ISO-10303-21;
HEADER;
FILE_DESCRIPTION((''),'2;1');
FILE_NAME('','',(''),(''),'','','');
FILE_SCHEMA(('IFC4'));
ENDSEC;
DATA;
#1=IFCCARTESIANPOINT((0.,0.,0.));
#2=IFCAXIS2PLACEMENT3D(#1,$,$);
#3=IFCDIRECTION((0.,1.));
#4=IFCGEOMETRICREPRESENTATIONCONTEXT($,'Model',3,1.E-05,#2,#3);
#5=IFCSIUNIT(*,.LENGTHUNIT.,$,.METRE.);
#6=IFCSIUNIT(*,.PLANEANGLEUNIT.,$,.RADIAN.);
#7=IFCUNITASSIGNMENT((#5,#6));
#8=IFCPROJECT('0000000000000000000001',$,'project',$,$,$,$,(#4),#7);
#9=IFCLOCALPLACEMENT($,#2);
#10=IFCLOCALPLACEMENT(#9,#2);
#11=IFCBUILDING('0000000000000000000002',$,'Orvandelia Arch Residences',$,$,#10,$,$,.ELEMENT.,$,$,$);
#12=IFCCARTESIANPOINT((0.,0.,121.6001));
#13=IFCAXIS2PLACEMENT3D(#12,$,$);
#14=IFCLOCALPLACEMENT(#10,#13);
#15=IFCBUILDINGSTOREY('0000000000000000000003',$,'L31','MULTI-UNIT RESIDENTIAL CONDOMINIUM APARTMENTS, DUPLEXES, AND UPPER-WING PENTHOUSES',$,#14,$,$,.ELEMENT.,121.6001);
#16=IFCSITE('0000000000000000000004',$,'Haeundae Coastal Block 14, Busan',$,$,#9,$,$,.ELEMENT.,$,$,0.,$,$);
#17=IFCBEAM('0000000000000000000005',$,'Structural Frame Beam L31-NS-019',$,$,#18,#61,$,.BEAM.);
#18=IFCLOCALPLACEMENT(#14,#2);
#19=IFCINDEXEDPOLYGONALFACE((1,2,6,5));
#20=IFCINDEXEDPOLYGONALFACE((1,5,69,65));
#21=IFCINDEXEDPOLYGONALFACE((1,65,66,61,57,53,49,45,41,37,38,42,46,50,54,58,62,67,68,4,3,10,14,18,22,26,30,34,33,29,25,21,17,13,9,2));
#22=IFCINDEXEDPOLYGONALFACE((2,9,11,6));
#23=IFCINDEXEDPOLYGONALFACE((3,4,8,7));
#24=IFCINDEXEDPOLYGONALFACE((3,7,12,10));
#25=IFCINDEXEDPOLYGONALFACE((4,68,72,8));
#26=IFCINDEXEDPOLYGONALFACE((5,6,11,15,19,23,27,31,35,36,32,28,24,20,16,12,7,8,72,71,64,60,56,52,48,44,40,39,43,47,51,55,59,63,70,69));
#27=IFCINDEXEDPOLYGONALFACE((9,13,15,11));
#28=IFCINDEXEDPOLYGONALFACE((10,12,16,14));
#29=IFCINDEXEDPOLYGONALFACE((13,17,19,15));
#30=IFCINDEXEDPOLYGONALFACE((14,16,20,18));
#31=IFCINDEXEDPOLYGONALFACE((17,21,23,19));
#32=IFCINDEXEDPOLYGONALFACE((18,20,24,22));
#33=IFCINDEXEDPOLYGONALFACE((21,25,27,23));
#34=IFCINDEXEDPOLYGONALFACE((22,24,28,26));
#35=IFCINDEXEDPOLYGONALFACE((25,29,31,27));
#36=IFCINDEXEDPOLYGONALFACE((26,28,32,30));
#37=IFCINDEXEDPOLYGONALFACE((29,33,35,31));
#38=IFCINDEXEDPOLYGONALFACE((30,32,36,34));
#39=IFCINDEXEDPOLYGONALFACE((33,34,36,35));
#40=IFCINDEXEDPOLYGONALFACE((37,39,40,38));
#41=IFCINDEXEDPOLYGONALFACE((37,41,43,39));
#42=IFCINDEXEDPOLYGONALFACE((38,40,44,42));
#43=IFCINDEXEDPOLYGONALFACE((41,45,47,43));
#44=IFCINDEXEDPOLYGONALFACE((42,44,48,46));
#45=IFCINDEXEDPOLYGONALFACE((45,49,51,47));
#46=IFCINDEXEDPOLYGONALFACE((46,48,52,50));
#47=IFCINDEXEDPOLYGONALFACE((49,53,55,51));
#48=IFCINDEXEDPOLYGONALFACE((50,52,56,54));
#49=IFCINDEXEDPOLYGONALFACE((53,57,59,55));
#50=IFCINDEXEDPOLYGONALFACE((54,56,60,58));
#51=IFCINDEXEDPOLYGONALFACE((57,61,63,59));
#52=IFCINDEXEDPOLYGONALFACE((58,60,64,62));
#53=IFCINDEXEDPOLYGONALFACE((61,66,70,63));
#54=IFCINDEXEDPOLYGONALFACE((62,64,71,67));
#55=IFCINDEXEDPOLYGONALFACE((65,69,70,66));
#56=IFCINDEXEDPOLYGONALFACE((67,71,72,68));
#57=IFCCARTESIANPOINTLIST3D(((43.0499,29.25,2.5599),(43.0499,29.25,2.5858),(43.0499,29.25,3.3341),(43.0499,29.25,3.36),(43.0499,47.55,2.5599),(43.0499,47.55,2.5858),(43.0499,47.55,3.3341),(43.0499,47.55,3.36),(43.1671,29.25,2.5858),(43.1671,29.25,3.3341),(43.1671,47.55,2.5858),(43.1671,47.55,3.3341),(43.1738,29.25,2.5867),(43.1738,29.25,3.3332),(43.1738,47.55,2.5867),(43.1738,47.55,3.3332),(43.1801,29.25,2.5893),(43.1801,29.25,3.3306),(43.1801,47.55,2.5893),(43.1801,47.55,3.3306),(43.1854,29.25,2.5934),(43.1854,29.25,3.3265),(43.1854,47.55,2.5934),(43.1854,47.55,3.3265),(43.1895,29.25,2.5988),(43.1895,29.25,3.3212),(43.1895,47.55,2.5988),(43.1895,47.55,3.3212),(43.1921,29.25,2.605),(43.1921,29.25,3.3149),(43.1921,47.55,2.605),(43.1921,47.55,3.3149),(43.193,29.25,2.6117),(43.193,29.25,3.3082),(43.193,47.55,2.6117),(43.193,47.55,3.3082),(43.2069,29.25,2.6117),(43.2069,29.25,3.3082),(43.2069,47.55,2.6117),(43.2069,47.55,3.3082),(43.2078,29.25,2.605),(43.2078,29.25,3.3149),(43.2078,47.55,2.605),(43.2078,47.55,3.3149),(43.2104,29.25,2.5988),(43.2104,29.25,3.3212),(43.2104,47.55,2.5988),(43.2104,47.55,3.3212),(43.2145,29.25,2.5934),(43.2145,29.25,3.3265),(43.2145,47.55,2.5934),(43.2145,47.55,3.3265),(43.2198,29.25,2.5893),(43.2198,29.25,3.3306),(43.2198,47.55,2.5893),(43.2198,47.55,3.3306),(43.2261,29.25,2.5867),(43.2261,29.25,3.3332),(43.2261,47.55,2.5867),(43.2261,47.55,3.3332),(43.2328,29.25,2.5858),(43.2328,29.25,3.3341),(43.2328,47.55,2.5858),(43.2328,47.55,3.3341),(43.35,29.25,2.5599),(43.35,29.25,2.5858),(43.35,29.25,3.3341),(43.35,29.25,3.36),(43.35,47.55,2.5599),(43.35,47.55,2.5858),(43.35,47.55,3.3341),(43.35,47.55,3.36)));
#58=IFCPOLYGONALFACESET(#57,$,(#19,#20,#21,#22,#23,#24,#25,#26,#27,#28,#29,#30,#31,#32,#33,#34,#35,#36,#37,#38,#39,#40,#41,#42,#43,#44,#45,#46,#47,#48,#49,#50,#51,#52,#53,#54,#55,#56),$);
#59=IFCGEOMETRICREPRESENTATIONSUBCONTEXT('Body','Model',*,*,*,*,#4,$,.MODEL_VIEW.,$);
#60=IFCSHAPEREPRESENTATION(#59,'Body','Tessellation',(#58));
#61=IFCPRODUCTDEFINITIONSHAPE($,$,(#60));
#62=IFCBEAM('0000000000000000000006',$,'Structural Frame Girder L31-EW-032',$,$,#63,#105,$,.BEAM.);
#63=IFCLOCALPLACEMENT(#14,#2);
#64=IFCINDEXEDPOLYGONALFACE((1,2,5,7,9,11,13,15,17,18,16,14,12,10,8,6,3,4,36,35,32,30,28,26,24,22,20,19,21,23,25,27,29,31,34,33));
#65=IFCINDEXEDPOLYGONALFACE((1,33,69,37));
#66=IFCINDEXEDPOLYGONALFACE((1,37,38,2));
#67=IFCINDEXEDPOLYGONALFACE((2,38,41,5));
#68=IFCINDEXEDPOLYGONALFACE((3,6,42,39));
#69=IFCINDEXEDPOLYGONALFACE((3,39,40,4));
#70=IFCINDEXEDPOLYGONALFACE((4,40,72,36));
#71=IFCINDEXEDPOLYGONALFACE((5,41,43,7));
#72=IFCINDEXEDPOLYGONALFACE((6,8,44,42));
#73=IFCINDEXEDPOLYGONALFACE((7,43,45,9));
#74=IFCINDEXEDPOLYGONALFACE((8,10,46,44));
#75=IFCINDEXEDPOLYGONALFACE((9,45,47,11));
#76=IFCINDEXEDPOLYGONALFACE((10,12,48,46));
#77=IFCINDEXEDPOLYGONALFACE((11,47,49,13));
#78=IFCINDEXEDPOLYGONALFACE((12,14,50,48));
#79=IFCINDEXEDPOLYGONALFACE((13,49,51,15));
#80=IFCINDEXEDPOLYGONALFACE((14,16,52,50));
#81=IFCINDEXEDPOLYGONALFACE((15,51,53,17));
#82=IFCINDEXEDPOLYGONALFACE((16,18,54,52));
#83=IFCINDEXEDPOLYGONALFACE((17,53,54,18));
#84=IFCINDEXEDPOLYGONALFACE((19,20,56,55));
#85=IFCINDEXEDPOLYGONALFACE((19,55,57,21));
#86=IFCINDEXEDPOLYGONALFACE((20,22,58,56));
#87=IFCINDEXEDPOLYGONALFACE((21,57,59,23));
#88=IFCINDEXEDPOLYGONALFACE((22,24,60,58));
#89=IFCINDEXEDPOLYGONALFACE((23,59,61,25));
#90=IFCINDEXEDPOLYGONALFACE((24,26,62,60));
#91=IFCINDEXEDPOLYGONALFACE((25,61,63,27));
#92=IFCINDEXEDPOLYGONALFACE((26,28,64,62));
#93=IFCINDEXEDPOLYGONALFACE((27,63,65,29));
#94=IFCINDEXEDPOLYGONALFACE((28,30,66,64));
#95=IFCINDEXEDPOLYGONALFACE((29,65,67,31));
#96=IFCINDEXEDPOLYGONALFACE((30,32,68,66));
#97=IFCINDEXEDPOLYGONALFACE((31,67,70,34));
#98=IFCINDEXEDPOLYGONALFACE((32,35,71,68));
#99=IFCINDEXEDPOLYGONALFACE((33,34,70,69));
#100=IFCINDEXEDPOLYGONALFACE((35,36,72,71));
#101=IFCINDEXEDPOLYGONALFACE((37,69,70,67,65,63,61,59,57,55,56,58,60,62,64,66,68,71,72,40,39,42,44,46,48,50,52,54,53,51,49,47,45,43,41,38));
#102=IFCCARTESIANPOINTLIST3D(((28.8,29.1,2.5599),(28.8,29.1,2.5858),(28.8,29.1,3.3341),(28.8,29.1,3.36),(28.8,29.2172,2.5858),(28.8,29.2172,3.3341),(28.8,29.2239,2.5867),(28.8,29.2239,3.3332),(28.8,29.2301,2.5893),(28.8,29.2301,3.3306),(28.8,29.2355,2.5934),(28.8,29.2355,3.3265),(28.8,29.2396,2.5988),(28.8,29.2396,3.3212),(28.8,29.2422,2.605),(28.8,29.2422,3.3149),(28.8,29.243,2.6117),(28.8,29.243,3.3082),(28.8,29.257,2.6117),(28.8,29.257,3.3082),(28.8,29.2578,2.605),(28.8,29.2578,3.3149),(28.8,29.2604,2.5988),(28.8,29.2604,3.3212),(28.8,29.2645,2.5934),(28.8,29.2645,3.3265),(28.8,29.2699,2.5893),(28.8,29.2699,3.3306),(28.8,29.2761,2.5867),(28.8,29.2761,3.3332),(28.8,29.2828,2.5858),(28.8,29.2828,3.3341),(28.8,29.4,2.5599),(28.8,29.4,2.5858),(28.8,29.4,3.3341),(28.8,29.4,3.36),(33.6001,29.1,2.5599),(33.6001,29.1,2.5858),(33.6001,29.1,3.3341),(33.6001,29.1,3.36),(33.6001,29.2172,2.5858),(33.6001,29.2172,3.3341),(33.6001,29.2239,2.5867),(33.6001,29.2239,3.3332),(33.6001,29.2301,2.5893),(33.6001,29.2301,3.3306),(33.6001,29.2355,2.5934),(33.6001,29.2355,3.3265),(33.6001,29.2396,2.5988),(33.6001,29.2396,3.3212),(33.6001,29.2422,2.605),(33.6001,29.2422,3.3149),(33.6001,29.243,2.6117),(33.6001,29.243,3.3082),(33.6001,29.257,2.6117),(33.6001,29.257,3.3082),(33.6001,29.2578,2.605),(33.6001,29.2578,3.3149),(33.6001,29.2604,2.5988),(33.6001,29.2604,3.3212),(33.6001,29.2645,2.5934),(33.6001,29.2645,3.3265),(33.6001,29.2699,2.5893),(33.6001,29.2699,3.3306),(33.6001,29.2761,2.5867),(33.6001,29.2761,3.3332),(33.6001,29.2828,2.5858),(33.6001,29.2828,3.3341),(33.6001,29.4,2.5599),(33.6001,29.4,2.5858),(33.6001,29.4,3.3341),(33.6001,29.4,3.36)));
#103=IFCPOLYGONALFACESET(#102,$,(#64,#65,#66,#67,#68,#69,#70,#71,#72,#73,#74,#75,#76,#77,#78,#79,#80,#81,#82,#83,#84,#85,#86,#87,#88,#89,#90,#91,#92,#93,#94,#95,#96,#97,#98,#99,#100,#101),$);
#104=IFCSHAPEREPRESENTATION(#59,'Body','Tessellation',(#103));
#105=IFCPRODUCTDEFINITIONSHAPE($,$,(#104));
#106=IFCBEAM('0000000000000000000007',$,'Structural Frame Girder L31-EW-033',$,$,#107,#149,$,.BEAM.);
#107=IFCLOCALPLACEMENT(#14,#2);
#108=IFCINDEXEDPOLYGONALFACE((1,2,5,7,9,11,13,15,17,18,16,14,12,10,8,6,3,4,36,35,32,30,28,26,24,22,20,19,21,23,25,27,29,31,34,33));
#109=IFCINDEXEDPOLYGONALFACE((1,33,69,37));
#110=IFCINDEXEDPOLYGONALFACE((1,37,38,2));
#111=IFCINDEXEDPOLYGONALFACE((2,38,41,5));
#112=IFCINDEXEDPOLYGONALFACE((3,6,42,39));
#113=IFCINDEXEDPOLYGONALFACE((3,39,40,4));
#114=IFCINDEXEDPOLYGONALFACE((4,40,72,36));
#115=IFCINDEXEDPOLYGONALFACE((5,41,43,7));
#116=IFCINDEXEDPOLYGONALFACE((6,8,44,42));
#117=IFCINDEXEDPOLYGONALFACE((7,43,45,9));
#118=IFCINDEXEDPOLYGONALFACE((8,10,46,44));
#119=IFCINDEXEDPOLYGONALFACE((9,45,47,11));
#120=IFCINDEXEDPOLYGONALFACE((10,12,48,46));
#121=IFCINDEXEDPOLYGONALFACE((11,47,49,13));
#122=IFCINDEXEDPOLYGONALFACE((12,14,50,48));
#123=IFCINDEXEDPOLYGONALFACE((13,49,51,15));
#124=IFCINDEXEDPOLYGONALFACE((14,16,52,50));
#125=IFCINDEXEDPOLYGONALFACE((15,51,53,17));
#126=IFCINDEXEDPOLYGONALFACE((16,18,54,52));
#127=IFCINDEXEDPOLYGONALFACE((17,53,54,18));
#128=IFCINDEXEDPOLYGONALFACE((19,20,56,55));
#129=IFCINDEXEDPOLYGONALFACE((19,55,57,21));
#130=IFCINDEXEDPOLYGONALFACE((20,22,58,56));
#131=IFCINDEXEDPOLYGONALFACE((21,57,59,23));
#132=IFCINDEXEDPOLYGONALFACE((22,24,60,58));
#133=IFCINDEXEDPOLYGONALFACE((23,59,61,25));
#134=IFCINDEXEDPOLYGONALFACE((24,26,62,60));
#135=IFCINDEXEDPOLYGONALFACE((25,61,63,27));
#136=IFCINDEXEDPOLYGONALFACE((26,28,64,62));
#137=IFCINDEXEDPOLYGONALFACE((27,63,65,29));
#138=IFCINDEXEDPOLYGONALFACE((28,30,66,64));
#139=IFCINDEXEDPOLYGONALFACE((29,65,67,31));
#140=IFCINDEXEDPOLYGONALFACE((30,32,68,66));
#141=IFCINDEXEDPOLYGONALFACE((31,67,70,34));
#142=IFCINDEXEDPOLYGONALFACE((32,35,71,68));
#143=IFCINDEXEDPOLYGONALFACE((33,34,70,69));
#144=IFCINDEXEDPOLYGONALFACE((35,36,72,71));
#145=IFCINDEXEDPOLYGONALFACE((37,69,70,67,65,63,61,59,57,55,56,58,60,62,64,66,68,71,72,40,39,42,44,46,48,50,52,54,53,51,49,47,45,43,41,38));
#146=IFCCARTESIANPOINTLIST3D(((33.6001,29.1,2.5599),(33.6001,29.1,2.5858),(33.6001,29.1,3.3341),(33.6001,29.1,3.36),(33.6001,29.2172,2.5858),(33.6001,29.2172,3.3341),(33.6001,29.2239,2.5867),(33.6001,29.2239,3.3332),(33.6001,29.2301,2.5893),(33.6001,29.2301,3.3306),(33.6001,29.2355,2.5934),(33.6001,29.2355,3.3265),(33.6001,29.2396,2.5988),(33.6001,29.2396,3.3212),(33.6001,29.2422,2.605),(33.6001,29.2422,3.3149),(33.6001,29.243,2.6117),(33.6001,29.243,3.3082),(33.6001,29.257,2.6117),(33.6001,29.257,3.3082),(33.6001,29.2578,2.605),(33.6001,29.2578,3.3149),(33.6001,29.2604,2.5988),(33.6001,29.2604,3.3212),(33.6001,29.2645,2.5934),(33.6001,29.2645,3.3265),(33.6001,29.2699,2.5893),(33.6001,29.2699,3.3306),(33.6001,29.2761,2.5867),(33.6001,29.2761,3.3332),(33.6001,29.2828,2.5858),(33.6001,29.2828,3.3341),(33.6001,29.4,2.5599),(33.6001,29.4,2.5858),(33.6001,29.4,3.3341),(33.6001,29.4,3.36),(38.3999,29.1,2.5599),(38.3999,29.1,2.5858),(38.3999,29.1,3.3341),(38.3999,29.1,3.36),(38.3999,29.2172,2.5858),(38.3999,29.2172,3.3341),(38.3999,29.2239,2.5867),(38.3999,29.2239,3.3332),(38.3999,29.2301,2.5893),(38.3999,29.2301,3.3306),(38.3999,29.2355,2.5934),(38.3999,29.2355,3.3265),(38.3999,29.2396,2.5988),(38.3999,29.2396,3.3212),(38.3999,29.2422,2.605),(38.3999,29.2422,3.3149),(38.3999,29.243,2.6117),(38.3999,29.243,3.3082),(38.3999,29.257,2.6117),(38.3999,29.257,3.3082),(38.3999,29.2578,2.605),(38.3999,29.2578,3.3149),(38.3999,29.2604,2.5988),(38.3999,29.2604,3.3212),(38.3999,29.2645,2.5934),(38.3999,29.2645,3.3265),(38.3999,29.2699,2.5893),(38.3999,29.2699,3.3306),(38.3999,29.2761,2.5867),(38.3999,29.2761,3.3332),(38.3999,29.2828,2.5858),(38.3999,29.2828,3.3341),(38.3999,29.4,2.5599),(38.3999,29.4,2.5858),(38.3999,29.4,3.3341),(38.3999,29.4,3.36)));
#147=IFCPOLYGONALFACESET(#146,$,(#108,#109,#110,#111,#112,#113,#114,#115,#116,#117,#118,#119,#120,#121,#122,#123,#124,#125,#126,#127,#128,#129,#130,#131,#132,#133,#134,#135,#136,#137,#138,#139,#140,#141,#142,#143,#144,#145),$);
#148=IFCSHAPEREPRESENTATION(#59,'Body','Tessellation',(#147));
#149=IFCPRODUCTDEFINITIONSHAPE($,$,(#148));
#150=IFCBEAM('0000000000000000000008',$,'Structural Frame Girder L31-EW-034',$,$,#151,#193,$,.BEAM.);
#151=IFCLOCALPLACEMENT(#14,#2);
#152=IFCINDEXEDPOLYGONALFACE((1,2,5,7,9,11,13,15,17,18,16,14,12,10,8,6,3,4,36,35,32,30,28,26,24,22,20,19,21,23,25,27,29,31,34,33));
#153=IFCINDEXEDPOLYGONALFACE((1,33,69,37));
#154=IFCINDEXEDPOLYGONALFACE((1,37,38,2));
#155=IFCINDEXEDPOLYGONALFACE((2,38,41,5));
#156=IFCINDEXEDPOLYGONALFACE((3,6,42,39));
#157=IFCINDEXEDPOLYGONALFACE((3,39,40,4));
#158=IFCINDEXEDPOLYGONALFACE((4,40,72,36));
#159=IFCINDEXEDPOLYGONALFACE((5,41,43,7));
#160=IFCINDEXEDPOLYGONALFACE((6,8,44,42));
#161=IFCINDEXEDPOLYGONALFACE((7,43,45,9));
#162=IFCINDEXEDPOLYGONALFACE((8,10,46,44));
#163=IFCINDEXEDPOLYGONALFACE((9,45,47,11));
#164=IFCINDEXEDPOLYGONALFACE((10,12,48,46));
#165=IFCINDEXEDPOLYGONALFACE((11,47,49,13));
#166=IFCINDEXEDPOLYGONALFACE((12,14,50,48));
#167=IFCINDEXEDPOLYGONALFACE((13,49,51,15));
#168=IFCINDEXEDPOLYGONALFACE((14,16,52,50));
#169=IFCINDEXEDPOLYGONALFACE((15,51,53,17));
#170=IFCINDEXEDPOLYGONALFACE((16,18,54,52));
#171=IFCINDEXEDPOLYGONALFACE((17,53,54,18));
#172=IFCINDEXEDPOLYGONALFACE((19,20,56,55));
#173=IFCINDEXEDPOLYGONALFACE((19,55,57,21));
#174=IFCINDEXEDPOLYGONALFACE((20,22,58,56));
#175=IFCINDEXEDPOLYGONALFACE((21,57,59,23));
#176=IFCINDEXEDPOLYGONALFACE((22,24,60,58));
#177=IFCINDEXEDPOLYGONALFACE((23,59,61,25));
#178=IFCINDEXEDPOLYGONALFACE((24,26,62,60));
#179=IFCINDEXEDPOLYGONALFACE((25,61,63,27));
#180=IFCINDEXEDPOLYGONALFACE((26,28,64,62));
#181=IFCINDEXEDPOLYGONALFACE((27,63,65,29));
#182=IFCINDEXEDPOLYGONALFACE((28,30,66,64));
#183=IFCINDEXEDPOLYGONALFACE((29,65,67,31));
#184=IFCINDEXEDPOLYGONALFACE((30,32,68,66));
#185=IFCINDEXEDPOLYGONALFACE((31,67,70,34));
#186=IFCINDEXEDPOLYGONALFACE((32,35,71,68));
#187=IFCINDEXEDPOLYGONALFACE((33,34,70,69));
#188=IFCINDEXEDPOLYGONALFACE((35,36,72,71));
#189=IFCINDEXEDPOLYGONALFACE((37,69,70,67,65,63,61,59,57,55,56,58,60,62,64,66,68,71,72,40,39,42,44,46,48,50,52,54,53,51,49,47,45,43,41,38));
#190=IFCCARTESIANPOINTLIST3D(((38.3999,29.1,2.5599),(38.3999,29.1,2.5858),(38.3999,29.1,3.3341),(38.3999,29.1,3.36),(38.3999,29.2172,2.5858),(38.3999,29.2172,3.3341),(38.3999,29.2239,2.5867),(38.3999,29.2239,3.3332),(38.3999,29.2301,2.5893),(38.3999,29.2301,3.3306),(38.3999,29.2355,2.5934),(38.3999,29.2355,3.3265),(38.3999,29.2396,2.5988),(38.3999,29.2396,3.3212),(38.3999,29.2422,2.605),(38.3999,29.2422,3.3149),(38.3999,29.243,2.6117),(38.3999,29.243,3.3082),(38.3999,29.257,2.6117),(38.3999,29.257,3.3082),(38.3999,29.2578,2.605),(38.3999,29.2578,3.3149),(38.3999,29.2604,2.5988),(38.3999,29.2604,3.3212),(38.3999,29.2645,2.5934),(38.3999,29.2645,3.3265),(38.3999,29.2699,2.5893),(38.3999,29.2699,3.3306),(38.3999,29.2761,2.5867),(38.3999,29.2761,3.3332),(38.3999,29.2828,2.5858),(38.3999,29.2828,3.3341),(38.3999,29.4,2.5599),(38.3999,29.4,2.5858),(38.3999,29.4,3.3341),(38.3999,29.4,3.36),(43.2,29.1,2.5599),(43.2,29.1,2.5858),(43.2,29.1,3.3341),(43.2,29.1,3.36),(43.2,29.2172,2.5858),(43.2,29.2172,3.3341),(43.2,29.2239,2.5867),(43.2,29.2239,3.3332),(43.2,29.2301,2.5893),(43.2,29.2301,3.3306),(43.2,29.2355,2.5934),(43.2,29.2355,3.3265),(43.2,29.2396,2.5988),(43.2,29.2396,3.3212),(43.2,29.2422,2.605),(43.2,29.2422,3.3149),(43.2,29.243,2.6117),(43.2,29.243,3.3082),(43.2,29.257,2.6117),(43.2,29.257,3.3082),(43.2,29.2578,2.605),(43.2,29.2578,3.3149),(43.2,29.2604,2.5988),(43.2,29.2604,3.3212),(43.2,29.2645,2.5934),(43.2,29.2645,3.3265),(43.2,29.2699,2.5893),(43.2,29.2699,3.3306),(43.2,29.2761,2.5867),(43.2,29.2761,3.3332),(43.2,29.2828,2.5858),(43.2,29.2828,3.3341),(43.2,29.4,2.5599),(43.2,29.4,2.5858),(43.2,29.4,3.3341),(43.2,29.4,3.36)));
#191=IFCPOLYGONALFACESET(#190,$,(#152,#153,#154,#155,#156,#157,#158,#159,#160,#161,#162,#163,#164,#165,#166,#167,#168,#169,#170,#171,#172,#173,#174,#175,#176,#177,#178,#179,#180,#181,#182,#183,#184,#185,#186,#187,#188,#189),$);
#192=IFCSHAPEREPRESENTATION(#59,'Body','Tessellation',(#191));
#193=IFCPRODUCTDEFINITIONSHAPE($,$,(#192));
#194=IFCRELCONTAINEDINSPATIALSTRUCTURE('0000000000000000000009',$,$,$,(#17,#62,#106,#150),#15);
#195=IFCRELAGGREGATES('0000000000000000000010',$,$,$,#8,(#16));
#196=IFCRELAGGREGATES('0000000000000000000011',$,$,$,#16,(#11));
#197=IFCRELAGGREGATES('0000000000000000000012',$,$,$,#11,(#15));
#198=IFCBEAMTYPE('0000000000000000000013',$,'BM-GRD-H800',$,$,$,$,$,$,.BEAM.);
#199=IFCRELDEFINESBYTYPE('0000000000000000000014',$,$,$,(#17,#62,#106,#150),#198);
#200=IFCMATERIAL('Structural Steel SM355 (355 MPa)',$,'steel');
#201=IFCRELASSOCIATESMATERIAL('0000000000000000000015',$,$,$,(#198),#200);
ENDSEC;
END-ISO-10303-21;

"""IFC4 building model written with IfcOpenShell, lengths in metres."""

from ifc_helpers import new_model, si_unit, direction, frame, origin, origin_2d, place, context, subcontext, project, spatial, i_section, extrude, material, material_profile, profile_set, type_object, element, save


model = new_model("IFC4")

# Units and contexts
model_context = context("Model", 3, precision=1e-05, world=origin(), true_north=direction((0.0, 1.0)))
body_context = subcontext(model_context, "Body", "Model", "MODEL_VIEW")
ifc_project = project(units=[si_unit("LENGTHUNIT", "METRE"), si_unit("PLANEANGLEUNIT", "RADIAN")], contexts=[model_context])

# Site, building, storey
site_placement = place(None, origin())
site = spatial("IfcSite", under=ifc_project, at=site_placement, Name="Haeundae Coastal Block 14, Busan", CompositionType="ELEMENT", RefElevation=0.0)
building_placement = place(site_placement, origin())
building = spatial("IfcBuilding", under=site, at=building_placement, Name="Orvandelia Arch Residences", CompositionType="ELEMENT")
storey_placement = place(building_placement, frame((0.0, 0.0, 121.6001)))
storey = spatial("IfcBuildingStorey", under=building, at=storey_placement, Name="L31", Description="MULTI-UNIT RESIDENTIAL CONDOMINIUM APARTMENTS, DUPLEXES, AND UPPER-WING PENTHOUSES", CompositionType="ELEMENT", Elevation=121.6001)

# Beams
ifc_material_1 = material(Name="Structural Steel SM355 (355 MPa)", Category="steel")
ifc_material_profile_1 = material_profile(ifc_material_1, i_section(OverallWidth=0.3, OverallDepth=0.8, WebThickness=0.0139, FlangeThickness=0.0259, FilletRadius=0.0259, at=origin_2d()), Name="Structural Steel SM355 (355 MPa)", Category="steel")
ifc_profile_set_1 = profile_set([ifc_material_profile_1], Name="Structural Steel SM355 (355 MPa)")
beam_type = type_object("IfcBeamType", Name="BM-GRD-H800", PredefinedType="BEAM", material=ifc_profile_set_1)
for number, where, z_axis, x_axis, name in (
    (1, (43.2, 29.25, 2.96), (0.0, 1.0, 0.0), (-1.0, 0.0, 0.0), "Structural Frame Beam L31-NS-019"),
):
    element("IfcBeam", number, at=place(storey_placement, frame(where, z_axis=z_axis, x_axis=x_axis)), inside=storey, type_object=beam_type, Name=name, PredefinedType="BEAM", context=body_context, shape_type="SweptSolid", body=[
        extrude(i_section(OverallWidth=0.3, OverallDepth=0.8, WebThickness=0.0139, FlangeThickness=0.0259, FilletRadius=0.0259, at=origin_2d()), origin(), (0.0, 0.0, 1.0), 18.3),
    ])
beam_1_placement = place(storey_placement, frame((28.8, 29.25, 2.96), z_axis=(1.0, 0.0, 0.0), x_axis=(0.0, 1.0, 0.0)))
element("IfcBeam", 2, at=beam_1_placement, inside=storey, type_object=beam_type, Name="Structural Frame Girder L31-EW-032", PredefinedType="BEAM", context=body_context, shape_type="SweptSolid", body=[
    extrude(i_section(OverallWidth=0.3, OverallDepth=0.8, WebThickness=0.0139, FlangeThickness=0.0259, FilletRadius=0.0259, at=origin_2d()), origin(), (0.0, 0.0, 1.0), 4.8),
])
beam_2_placement = place(storey_placement, frame((33.6001, 29.25, 2.96), z_axis=(1.0, 0.0, 0.0), x_axis=(0.0, 1.0, 0.0)))
element("IfcBeam", 3, at=beam_2_placement, inside=storey, type_object=beam_type, Name="Structural Frame Girder L31-EW-033", PredefinedType="BEAM", context=body_context, shape_type="SweptSolid", body=[
    extrude(i_section(OverallWidth=0.3, OverallDepth=0.8, WebThickness=0.0139, FlangeThickness=0.0259, FilletRadius=0.0259, at=origin_2d()), origin(), (0.0, 0.0, 1.0), 4.7998),
])
for number, where, z_axis, x_axis, name in (
    (4, (38.3999, 29.25, 2.96), (1.0, 0.0, 0.0), (0.0, 1.0, 0.0), "Structural Frame Girder L31-EW-034"),
):
    element("IfcBeam", number, at=place(storey_placement, frame(where, z_axis=z_axis, x_axis=x_axis)), inside=storey, type_object=beam_type, Name=name, PredefinedType="BEAM", context=body_context, shape_type="SweptSolid", body=[
        extrude(i_section(OverallWidth=0.3, OverallDepth=0.8, WebThickness=0.0139, FlangeThickness=0.0259, FilletRadius=0.0259, at=origin_2d()), origin(), (0.0, 0.0, 1.0), 4.8),
    ])

save(model, "model.ifc")
